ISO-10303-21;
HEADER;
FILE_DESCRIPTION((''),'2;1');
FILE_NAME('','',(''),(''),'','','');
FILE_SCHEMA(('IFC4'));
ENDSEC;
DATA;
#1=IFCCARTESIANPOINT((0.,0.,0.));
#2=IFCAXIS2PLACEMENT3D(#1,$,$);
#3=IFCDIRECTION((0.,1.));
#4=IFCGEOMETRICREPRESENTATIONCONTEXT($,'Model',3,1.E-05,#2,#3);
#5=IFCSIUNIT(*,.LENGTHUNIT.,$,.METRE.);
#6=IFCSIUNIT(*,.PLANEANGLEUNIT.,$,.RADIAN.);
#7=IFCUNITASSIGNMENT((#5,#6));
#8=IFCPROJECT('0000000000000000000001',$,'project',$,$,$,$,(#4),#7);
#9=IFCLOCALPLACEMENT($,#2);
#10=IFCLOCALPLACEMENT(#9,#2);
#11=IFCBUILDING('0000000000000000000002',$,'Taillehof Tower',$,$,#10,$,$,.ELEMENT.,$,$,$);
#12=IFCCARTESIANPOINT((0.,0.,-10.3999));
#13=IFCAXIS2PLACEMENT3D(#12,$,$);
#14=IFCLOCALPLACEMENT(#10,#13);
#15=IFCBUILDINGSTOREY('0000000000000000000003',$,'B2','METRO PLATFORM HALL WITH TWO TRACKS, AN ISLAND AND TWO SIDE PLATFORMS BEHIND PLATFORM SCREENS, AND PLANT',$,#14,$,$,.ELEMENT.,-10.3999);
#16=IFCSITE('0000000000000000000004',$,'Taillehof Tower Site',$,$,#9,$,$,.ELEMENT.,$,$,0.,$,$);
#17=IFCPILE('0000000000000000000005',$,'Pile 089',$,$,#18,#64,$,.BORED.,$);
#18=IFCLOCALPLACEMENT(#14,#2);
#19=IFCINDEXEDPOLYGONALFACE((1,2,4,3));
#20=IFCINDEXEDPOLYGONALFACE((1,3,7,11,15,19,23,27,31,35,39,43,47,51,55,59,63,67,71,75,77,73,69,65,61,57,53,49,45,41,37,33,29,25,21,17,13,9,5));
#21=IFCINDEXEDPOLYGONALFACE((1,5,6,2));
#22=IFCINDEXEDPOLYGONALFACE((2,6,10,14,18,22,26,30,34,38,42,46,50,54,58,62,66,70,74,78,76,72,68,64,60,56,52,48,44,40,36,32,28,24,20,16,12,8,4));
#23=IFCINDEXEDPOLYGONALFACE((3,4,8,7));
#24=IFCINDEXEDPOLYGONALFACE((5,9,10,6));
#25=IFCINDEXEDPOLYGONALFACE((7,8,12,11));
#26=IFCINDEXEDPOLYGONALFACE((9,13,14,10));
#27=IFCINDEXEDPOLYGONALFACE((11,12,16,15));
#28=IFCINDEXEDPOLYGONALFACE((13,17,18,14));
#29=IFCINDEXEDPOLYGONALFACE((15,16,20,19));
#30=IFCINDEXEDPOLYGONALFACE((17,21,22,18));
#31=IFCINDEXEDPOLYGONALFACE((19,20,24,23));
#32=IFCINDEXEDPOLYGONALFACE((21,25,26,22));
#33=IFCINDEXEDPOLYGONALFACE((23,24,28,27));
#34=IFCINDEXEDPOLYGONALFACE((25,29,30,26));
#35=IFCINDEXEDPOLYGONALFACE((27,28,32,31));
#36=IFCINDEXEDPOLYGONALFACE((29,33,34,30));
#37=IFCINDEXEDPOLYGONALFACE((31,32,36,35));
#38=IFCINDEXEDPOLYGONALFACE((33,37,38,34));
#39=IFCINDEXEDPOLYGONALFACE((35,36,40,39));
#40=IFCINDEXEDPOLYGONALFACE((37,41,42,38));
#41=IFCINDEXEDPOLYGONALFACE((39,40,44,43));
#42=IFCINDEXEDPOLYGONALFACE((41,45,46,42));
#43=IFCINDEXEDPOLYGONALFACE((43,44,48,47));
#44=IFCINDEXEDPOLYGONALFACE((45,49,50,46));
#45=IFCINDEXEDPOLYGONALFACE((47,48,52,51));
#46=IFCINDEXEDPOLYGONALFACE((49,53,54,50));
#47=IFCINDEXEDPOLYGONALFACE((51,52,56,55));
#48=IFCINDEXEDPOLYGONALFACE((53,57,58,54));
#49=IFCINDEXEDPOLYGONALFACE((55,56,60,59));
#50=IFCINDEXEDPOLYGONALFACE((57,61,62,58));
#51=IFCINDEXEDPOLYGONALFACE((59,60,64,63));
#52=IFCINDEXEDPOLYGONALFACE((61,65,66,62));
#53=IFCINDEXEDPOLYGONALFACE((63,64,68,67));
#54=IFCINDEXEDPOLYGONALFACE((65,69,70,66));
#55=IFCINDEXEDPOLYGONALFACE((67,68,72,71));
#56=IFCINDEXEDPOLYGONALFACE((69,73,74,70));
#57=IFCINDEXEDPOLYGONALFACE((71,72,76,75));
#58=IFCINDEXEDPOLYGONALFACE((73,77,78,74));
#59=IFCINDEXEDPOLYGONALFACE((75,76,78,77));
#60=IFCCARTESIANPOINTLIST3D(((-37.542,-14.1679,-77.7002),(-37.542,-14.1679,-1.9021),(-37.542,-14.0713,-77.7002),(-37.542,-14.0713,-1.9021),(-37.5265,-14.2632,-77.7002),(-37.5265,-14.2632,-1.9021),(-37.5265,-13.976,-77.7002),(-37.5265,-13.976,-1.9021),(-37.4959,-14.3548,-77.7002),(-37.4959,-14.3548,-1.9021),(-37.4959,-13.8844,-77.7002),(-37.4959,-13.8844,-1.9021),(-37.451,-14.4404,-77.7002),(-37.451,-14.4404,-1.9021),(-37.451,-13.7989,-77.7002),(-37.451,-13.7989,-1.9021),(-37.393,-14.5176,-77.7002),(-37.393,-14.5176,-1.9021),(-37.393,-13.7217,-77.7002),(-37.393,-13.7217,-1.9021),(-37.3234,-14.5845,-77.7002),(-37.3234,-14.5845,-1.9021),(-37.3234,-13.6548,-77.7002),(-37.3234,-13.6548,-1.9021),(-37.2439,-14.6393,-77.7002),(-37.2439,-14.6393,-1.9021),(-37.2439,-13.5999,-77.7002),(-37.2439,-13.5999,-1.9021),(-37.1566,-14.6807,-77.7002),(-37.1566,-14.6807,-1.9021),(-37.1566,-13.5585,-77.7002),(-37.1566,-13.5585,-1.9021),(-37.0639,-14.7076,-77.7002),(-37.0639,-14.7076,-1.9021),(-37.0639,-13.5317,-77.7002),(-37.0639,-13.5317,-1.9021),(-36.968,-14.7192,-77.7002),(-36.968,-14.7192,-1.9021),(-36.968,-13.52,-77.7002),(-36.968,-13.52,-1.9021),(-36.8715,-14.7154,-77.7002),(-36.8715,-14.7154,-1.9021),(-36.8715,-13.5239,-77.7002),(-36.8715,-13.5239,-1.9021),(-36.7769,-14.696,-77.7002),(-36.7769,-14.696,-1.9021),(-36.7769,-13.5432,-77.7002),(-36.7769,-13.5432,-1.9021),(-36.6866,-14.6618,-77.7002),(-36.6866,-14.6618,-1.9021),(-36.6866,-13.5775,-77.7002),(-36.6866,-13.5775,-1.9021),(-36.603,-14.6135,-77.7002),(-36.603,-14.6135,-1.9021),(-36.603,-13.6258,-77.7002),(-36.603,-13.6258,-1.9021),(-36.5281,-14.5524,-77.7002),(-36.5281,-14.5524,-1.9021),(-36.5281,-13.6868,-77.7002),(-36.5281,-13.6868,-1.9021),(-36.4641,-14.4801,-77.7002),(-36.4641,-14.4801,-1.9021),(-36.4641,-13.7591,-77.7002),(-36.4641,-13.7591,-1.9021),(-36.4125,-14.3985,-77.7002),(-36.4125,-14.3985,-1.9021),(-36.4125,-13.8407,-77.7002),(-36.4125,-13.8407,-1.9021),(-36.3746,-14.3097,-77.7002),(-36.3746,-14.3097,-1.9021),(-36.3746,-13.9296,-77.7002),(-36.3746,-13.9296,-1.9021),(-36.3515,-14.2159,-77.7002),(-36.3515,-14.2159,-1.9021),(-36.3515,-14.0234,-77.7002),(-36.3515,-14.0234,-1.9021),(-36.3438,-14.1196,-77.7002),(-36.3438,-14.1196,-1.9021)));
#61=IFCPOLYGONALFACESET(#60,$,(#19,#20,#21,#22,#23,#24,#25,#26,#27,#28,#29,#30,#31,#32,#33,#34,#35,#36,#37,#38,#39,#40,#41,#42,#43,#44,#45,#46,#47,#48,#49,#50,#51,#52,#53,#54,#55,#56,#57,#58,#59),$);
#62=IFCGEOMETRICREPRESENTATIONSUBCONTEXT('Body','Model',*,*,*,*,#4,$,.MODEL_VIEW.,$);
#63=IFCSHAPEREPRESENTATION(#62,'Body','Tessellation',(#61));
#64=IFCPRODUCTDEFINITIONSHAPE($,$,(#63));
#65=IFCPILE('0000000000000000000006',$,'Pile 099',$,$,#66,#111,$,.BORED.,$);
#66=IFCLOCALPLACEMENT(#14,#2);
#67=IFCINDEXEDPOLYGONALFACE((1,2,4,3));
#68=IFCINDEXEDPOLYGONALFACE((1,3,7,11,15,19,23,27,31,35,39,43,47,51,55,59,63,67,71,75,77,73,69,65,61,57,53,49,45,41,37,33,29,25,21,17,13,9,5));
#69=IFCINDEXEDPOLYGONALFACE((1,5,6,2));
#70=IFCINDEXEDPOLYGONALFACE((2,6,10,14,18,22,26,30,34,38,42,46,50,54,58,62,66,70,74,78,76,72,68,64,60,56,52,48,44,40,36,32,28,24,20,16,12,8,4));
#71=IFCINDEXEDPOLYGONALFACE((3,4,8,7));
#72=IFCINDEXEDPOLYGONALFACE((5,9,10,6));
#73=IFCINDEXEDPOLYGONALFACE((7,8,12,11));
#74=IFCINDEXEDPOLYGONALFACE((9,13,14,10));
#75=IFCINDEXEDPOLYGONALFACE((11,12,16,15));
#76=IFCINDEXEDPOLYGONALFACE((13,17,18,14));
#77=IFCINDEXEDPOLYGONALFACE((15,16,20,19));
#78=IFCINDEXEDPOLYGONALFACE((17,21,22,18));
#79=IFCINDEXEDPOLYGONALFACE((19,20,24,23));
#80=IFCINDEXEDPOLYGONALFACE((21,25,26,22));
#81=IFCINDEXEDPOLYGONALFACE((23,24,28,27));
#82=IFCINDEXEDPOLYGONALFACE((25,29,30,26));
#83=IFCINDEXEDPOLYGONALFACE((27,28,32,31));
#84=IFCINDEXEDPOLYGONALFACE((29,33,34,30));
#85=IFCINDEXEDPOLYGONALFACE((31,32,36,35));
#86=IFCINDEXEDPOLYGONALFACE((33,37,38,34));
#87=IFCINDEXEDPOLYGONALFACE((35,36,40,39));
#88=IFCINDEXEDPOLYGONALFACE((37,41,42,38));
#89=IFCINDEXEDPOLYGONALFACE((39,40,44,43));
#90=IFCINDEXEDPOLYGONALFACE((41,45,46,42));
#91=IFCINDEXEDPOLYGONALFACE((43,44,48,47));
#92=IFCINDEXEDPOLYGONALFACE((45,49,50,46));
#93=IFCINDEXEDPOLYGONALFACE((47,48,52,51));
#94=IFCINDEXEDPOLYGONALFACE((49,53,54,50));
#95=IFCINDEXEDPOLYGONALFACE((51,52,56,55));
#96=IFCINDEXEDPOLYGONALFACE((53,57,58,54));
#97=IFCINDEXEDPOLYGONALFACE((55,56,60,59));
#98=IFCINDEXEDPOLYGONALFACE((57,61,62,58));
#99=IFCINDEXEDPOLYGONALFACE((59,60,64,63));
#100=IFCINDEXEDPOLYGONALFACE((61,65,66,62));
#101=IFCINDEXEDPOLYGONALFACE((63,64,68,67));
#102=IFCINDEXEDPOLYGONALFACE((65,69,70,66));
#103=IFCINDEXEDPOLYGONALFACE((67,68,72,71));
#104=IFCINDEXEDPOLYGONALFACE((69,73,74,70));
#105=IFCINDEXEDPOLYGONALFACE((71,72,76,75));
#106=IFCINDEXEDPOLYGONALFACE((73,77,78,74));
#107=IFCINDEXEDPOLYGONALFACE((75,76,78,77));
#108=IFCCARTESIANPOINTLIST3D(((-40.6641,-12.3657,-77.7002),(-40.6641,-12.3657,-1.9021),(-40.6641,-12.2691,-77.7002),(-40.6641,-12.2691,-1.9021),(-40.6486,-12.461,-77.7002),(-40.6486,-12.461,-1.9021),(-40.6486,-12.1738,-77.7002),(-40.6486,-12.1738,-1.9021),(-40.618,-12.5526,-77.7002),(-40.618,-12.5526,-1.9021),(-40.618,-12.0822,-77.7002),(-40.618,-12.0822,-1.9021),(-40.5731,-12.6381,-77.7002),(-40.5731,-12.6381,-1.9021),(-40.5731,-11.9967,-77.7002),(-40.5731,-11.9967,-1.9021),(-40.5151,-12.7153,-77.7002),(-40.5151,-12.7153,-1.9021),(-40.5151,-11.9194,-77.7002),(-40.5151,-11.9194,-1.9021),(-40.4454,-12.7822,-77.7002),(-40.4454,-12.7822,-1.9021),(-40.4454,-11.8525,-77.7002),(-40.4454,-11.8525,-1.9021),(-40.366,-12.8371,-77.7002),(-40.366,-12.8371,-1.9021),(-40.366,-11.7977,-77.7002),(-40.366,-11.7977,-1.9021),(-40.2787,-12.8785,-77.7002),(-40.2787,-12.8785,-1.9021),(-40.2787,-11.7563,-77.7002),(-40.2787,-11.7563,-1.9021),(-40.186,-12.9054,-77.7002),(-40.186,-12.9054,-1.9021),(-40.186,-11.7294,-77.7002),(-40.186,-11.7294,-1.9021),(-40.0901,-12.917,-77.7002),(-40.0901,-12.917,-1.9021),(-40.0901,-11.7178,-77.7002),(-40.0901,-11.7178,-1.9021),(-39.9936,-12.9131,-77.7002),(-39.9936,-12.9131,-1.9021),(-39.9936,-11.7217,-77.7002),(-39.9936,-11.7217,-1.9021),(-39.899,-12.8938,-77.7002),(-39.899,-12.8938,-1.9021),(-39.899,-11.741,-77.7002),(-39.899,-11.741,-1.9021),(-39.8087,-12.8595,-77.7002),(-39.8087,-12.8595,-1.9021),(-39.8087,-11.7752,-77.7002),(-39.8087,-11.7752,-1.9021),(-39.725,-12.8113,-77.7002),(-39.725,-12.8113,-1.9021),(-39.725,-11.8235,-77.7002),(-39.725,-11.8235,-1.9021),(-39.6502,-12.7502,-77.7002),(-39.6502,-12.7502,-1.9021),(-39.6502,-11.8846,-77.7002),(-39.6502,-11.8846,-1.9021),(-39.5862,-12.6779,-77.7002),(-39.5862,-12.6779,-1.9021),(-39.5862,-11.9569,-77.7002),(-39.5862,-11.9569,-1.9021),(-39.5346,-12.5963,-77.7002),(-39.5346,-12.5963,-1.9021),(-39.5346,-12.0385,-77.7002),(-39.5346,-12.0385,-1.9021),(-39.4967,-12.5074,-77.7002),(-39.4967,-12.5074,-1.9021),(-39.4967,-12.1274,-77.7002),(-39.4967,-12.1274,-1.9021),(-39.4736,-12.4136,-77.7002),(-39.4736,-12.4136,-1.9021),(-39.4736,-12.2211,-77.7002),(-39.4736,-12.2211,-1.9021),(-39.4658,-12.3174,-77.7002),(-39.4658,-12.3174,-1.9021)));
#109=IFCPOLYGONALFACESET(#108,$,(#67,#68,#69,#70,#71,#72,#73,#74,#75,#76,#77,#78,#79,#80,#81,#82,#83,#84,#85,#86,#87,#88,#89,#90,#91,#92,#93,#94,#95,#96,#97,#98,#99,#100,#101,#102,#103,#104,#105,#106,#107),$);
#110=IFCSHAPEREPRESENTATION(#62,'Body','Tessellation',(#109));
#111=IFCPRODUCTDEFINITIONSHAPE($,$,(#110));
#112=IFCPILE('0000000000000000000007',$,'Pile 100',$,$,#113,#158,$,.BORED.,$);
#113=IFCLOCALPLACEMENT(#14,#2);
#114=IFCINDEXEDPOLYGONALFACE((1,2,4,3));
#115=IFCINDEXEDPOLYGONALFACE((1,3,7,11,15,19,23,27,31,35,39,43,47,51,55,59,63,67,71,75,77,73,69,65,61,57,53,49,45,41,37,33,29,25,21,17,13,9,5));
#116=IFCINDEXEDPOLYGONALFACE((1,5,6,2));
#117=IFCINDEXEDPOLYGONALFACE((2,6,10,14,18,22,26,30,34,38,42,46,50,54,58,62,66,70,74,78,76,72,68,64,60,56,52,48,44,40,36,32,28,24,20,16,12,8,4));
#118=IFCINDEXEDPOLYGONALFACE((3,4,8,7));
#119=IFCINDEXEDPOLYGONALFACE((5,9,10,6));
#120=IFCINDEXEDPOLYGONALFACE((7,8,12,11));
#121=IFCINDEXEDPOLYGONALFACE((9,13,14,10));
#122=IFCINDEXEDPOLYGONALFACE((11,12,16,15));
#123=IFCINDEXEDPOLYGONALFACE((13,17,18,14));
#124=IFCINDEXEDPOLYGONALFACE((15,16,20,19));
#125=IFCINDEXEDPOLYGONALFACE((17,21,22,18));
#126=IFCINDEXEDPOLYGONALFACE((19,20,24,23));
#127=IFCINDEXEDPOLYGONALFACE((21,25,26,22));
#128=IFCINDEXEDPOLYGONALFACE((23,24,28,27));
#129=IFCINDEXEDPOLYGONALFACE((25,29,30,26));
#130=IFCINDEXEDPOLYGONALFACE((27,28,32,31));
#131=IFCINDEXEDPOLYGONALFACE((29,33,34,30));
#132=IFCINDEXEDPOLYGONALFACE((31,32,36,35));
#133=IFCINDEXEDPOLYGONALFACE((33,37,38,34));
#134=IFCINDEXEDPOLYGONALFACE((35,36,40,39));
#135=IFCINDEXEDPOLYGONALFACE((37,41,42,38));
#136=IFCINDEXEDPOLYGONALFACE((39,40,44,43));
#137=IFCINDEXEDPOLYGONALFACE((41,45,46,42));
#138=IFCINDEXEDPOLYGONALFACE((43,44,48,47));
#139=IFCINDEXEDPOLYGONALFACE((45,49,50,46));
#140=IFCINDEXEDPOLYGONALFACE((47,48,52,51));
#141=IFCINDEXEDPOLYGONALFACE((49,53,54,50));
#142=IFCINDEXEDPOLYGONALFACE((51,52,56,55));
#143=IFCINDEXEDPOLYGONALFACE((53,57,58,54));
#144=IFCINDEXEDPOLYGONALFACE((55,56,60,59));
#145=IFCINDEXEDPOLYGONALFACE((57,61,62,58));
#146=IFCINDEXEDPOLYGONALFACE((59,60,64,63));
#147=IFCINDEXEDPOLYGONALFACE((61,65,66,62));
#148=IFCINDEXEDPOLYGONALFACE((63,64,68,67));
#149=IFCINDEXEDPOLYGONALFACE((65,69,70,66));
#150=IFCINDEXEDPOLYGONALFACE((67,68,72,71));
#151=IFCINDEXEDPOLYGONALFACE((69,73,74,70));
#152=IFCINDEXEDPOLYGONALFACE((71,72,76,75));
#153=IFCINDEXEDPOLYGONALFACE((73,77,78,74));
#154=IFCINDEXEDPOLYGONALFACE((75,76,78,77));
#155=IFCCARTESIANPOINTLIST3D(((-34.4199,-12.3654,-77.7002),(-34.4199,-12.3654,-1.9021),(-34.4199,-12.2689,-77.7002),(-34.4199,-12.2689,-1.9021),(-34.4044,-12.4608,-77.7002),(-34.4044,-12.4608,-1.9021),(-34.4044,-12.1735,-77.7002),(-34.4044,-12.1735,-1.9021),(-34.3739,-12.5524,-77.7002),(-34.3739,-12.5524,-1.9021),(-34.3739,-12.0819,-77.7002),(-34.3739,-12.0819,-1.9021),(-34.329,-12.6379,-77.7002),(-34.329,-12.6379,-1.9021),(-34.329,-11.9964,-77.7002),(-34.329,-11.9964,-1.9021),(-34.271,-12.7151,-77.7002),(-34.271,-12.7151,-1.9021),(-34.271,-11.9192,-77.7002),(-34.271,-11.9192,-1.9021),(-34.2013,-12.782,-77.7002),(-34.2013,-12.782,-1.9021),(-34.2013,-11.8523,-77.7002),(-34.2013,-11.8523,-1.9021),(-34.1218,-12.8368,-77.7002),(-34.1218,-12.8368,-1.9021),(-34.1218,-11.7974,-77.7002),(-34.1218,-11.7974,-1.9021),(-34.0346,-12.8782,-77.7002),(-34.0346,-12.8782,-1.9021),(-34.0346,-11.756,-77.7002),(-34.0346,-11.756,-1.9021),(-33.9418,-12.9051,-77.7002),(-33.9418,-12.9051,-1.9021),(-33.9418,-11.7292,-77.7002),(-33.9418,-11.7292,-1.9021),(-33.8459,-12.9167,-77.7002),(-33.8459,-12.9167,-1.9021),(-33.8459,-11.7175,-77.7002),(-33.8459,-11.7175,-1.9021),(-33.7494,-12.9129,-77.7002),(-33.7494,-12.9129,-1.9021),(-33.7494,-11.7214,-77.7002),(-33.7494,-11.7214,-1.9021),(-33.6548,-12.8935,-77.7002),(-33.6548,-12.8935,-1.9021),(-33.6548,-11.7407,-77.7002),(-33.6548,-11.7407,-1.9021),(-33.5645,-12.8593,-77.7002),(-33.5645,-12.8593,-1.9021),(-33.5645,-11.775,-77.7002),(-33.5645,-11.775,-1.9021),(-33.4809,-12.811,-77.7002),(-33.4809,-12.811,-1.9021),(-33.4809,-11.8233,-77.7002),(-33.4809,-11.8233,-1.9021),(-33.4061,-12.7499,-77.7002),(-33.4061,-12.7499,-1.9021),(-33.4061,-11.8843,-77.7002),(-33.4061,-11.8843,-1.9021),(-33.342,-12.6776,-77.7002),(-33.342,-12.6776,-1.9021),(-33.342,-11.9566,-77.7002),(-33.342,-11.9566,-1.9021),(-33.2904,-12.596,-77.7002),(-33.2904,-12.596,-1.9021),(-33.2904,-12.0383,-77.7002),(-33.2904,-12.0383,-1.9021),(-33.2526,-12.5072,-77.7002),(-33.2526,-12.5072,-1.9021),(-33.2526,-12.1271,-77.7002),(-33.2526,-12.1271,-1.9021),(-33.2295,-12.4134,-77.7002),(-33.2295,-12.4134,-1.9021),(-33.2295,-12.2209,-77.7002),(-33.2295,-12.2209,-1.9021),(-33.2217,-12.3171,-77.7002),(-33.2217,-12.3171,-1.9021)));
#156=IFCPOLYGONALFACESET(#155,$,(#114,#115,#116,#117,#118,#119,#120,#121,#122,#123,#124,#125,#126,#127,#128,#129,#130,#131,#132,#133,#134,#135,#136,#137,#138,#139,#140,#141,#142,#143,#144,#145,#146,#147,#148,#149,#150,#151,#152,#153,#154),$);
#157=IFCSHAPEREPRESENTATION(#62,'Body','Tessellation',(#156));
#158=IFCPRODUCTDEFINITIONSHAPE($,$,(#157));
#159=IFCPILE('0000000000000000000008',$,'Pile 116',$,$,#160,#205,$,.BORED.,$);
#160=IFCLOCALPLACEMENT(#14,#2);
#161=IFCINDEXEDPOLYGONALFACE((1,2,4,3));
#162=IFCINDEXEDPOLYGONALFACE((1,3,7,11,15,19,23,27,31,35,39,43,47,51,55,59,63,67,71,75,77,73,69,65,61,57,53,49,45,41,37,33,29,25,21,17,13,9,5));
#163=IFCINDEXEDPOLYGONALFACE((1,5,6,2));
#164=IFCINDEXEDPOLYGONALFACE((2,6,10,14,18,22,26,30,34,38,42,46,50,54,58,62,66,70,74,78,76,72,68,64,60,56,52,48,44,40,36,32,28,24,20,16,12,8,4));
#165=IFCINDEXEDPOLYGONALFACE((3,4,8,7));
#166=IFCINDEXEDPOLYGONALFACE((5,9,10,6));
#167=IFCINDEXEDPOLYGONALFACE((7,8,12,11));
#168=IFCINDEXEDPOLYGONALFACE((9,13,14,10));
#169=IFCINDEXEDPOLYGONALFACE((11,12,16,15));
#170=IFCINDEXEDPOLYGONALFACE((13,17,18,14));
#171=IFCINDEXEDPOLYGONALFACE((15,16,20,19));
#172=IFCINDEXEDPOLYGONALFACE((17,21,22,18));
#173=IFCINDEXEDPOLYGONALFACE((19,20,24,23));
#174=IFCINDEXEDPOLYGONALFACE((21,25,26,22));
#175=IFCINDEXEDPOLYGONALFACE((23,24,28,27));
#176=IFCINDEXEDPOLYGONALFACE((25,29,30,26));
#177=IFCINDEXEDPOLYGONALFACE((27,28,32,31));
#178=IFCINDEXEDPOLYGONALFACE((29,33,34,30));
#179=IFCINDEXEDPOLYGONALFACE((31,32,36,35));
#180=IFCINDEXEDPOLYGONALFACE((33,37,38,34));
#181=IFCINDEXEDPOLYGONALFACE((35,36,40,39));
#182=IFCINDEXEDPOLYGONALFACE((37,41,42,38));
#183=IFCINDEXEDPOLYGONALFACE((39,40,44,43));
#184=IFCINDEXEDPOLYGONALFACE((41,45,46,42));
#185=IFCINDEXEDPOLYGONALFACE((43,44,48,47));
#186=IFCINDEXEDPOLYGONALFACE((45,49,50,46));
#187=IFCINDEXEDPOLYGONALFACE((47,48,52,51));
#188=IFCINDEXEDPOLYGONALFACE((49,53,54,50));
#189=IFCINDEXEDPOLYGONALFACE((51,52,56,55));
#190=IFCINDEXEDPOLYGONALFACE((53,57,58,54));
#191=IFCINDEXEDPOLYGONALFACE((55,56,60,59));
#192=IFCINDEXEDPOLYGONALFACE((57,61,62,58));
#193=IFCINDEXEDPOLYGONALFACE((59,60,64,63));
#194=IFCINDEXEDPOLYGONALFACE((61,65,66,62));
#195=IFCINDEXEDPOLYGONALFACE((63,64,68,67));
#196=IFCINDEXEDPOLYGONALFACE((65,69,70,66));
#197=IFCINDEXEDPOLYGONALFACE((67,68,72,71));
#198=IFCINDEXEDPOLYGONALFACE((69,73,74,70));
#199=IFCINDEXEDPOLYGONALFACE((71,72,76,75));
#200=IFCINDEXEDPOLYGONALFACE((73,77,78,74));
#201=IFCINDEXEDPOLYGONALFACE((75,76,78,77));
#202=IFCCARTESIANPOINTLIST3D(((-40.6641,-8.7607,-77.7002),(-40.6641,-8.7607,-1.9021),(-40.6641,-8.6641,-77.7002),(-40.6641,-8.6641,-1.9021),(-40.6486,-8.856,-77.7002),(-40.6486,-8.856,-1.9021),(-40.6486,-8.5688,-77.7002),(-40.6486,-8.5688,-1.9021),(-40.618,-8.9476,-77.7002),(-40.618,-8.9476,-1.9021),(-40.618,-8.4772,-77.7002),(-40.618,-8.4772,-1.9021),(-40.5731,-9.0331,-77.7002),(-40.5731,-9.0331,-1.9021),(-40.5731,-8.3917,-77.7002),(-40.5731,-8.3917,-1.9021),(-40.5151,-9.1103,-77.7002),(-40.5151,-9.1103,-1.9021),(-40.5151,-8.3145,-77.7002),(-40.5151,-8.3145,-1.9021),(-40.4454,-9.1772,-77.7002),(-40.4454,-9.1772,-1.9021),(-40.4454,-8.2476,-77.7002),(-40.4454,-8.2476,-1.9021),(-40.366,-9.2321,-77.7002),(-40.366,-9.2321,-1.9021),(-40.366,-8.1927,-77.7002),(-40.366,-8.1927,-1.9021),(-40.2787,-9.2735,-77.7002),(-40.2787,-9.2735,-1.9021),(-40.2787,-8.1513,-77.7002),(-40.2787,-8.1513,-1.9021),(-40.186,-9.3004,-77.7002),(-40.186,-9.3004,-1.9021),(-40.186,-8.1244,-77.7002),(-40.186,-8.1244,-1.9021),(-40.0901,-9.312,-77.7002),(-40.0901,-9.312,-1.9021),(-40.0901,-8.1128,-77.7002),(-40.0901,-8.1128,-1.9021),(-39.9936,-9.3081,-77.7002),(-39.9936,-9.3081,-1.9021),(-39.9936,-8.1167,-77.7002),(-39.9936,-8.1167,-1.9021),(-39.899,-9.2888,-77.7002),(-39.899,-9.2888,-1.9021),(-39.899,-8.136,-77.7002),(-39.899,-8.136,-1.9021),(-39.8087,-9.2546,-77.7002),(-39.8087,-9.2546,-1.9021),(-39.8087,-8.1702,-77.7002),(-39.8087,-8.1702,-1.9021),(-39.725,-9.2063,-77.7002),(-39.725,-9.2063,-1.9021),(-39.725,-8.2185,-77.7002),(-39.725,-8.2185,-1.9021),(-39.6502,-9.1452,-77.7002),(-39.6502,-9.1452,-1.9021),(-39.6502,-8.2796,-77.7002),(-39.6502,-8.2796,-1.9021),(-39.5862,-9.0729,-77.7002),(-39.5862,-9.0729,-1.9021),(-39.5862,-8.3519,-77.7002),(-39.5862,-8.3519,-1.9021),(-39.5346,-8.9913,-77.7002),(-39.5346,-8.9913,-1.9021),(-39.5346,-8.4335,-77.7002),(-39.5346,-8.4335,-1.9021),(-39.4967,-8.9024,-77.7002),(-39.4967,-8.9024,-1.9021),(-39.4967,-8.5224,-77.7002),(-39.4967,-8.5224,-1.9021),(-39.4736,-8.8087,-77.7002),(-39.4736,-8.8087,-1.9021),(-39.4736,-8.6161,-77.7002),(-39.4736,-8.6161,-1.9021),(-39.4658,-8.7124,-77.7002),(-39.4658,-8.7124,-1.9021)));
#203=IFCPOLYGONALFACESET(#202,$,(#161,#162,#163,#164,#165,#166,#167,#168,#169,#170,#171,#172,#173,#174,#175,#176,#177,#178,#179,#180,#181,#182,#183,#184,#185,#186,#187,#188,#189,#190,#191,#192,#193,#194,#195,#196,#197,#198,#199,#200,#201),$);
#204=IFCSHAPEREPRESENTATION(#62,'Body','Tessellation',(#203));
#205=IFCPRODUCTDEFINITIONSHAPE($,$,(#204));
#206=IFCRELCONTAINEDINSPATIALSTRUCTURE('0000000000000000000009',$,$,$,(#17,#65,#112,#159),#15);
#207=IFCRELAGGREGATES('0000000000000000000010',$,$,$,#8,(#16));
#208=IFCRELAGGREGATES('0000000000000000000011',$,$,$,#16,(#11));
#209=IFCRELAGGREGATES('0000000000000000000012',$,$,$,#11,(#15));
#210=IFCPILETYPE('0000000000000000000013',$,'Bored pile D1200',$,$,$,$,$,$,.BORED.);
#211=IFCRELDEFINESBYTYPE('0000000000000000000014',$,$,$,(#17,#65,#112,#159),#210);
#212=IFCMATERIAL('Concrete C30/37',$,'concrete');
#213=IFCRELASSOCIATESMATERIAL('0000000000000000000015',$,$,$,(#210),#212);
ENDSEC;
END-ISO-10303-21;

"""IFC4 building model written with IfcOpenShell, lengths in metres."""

from ifc_helpers import new_model, si_unit, direction, frame, origin, origin_2d, place, context, subcontext, project, spatial, circle, extrude, material, material_profile, profile_set, type_object, element, save


model = new_model("IFC4")

# Units and contexts
model_context = context("Model", 3, precision=1e-05, world=origin(), true_north=direction((0.0, 1.0)))
body_context = subcontext(model_context, "Body", "Model", "MODEL_VIEW")
ifc_project = project(units=[si_unit("LENGTHUNIT", "METRE"), si_unit("PLANEANGLEUNIT", "RADIAN")], contexts=[model_context])

# Site, building, storey
site_placement = place(None, origin())
site = spatial("IfcSite", under=ifc_project, at=site_placement, Name="Taillehof Tower Site", CompositionType="ELEMENT", RefElevation=0.0)
building_placement = place(site_placement, origin())
building = spatial("IfcBuilding", under=site, at=building_placement, Name="Taillehof Tower", CompositionType="ELEMENT")
storey_placement = place(building_placement, frame((0.0, 0.0, -10.3999)))
storey = spatial("IfcBuildingStorey", under=building, at=storey_placement, Name="B2", Description="METRO PLATFORM HALL WITH TWO TRACKS, AN ISLAND AND TWO SIDE PLATFORMS BEHIND PLATFORM SCREENS, AND PLANT", CompositionType="ELEMENT", Elevation=-10.3999)

# Piles
ifc_material_1 = material(Name="Concrete C30/37", Category="concrete")
ifc_material_profile_1 = material_profile(ifc_material_1, circle(Radius=0.6001, at=origin_2d()), Name="BP D1200")
ifc_profile_set_1 = profile_set([ifc_material_profile_1], Name="Concrete C30/37")
pile_type = type_object("IfcPileType", Name="Bored pile D1200", PredefinedType="BORED", material=ifc_profile_set_1)
for number, where, z_axis, x_axis, name in (
    (1, (-36.9438, -14.1196, -1.9021), (0.0, 0.0, -1.0), (1.0, 0.0, 0.0), "Pile 089"),
    (2, (-40.0659, -12.3174, -1.9021), (0.0, 0.0, -1.0), (1.0, 0.0, 0.0), "Pile 099"),
    (3, (-33.8218, -12.3171, -1.9021), (0.0, 0.0, -1.0), (1.0, 0.0, 0.0), "Pile 100"),
    (4, (-40.0659, -8.7124, -1.9021), (0.0, 0.0, -1.0), (1.0, 0.0, 0.0), "Pile 116"),
):
    element("IfcPile", number, at=place(storey_placement, frame(where, z_axis=z_axis, x_axis=x_axis)), inside=storey, type_object=pile_type, Name=name, PredefinedType="BORED", context=body_context, shape_type="SweptSolid", body=[
        extrude(circle(Radius=0.6001, at=origin_2d()), origin(), (0.0, 0.0, 1.0), 75.7981),
    ])

save(model, "model.ifc")
